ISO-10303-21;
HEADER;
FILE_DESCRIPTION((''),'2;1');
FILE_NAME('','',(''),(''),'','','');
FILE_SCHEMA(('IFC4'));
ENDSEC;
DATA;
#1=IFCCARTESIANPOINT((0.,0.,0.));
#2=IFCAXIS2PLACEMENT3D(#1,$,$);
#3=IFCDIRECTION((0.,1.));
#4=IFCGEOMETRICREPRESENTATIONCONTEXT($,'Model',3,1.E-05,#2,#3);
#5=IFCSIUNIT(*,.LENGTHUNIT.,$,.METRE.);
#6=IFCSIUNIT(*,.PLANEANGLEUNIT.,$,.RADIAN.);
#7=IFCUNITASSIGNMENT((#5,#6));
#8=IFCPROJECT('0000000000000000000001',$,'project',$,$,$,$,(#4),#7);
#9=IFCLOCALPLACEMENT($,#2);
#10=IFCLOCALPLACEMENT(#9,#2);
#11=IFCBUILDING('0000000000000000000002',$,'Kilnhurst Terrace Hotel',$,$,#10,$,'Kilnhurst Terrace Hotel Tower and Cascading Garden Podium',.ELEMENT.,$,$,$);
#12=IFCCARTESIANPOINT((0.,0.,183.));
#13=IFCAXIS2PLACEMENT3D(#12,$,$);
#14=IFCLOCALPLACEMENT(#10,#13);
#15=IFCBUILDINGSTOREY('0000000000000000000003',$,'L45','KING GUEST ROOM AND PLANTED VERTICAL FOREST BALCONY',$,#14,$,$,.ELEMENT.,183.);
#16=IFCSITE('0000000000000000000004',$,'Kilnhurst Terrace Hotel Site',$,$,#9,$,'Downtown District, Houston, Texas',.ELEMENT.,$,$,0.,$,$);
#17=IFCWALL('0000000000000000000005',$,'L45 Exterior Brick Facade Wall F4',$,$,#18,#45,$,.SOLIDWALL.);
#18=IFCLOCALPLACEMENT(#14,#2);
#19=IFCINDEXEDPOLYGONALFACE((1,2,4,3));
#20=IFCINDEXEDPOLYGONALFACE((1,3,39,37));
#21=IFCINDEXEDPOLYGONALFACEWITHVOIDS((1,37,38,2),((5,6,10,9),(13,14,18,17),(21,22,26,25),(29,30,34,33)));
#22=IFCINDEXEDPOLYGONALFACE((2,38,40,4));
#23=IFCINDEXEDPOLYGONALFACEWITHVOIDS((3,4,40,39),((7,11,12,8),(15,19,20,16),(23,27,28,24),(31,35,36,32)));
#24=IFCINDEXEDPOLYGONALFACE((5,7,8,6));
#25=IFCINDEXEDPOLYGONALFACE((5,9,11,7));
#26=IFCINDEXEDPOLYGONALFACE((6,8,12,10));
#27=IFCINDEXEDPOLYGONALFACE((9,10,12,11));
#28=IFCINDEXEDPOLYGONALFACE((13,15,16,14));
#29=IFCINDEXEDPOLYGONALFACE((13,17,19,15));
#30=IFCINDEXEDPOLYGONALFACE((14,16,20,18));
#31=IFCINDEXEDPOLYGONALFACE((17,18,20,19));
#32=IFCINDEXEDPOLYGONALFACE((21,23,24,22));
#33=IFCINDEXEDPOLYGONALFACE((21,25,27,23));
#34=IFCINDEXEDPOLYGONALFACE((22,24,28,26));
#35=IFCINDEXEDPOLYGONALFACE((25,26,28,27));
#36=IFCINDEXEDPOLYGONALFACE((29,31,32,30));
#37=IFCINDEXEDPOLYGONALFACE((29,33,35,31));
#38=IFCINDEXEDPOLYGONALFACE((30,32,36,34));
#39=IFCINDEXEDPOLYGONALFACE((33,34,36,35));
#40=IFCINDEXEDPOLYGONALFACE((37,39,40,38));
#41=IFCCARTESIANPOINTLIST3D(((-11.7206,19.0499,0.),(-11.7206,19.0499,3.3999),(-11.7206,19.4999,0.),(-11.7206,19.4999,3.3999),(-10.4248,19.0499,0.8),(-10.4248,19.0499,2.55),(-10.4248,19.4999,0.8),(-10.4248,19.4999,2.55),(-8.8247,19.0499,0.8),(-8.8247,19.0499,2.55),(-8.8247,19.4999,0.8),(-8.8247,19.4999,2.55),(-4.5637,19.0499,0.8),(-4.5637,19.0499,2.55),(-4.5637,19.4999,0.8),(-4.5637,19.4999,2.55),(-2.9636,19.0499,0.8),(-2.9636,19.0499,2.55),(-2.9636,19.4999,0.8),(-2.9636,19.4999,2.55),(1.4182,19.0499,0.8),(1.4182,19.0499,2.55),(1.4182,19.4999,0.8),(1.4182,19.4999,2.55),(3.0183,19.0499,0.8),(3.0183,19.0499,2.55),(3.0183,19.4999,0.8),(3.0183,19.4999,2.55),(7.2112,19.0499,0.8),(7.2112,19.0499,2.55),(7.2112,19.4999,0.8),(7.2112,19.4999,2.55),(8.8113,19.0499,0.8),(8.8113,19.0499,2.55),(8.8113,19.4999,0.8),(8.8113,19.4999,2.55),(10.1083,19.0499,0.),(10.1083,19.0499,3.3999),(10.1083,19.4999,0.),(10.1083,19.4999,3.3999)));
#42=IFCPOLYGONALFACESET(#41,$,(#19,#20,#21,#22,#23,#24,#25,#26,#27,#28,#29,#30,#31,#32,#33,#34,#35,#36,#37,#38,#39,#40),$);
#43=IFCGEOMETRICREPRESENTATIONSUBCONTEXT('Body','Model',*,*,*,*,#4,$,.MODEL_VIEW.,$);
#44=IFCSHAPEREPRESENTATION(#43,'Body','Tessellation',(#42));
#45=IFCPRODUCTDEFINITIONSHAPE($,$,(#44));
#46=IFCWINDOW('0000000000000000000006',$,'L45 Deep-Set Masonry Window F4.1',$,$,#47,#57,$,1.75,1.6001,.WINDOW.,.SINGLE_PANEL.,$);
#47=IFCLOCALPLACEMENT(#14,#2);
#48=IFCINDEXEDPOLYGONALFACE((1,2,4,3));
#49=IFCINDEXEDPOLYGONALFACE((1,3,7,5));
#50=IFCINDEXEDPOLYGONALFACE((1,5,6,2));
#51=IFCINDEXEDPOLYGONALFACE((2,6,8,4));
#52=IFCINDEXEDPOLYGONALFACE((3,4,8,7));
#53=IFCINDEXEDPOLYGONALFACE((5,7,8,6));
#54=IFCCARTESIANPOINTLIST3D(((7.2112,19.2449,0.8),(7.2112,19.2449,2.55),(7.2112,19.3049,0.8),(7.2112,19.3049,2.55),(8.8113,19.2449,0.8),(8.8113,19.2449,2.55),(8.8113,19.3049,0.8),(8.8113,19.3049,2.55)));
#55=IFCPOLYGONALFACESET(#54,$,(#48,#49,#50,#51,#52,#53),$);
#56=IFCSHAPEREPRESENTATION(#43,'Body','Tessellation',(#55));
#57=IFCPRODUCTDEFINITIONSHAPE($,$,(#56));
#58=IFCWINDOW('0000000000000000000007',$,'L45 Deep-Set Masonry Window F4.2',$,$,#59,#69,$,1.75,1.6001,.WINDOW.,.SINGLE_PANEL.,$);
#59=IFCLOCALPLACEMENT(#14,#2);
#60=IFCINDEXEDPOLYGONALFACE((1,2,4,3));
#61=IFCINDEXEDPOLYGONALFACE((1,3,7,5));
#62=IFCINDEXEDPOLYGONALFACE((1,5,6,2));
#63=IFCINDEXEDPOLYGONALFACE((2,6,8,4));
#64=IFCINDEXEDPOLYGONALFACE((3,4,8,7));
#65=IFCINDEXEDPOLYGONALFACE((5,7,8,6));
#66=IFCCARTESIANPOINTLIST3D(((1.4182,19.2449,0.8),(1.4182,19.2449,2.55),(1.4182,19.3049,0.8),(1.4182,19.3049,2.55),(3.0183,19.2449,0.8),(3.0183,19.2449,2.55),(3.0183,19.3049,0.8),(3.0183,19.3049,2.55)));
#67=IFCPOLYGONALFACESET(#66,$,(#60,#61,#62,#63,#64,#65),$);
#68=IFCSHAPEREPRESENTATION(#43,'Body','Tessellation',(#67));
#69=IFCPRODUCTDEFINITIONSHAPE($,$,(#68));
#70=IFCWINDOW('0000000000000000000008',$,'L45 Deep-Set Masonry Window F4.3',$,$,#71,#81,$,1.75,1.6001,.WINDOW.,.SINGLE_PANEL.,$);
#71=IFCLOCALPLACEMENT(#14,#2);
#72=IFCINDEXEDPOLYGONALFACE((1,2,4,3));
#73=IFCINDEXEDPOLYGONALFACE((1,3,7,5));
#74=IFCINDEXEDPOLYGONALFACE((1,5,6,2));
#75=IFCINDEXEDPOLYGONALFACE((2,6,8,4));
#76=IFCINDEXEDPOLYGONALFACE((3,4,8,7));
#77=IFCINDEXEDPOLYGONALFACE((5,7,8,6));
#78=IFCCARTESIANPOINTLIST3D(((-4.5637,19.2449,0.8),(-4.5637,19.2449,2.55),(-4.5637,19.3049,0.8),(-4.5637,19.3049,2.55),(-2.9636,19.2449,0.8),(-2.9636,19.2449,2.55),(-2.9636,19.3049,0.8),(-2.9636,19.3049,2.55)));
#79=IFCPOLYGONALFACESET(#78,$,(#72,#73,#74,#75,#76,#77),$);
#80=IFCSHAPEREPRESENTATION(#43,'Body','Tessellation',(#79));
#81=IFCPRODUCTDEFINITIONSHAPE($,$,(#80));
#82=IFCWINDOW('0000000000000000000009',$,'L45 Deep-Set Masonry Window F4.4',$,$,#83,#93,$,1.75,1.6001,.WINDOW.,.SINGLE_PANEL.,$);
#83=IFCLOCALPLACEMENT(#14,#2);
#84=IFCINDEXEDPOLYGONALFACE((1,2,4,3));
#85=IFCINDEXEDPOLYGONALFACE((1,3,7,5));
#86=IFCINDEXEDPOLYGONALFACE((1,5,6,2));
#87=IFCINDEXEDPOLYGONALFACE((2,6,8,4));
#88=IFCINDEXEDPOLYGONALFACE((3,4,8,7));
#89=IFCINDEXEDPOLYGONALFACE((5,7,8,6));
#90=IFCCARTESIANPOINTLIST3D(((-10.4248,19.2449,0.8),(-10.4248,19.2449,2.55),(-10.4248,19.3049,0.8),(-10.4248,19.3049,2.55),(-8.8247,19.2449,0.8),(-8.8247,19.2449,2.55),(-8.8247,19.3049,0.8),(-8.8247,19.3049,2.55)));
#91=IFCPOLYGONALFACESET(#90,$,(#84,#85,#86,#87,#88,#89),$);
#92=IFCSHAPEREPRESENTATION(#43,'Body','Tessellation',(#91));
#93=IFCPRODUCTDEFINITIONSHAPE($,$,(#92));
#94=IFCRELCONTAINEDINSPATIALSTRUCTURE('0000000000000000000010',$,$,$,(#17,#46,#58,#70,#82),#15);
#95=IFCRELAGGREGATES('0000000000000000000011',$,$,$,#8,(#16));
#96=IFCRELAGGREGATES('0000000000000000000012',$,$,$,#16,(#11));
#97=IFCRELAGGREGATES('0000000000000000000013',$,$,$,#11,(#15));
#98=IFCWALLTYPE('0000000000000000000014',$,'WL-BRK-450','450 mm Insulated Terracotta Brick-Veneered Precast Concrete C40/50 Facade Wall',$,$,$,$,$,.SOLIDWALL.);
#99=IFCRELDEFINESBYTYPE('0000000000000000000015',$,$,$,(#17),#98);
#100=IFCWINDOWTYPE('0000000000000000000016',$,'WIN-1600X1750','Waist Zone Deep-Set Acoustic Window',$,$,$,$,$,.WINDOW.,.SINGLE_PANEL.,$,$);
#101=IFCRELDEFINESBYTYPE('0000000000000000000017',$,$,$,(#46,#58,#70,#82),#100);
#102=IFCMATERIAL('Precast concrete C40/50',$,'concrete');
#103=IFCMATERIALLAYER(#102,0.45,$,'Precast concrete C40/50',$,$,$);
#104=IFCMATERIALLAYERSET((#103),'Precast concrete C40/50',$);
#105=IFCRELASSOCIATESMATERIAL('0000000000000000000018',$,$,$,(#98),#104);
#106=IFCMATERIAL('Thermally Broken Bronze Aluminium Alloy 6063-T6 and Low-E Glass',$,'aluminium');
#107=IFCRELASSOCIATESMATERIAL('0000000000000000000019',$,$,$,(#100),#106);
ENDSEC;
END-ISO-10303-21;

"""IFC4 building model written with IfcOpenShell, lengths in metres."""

from ifc_helpers import new_model, si_unit, direction, frame, frame_2d, origin, place, context, subcontext, project, spatial, rectangle, extrude, material, layer, layer_set, type_object, element, fill, save


model = new_model("IFC4")

# Units and contexts
model_context = context("Model", 3, precision=1e-05, world=origin(), true_north=direction((0.0, 1.0)))
body_context = subcontext(model_context, "Body", "Model", "MODEL_VIEW")
ifc_project = project(units=[si_unit("LENGTHUNIT", "METRE"), si_unit("PLANEANGLEUNIT", "RADIAN")], contexts=[model_context])

# Site, building, storey
site_placement = place(None, origin())
site = spatial("IfcSite", under=ifc_project, at=site_placement, Name="Kilnhurst Terrace Hotel Site", LongName="Downtown District, Houston, Texas", CompositionType="ELEMENT", RefElevation=0.0)
building_placement = place(site_placement, origin())
building = spatial("IfcBuilding", under=site, at=building_placement, Name="Kilnhurst Terrace Hotel", LongName="Kilnhurst Terrace Hotel Tower and Cascading Garden Podium", CompositionType="ELEMENT")
storey_placement = place(building_placement, frame((0.0, 0.0, 183.0)))
storey = spatial("IfcBuildingStorey", under=building, at=storey_placement, Name="L45", Description="KING GUEST ROOM AND PLANTED VERTICAL FOREST BALCONY", CompositionType="ELEMENT", Elevation=183.0)

# Shared definitions
ifc_material_1 = material(Name="Precast concrete C40/50", Category="concrete")
ifc_layer_1 = layer(ifc_material_1, 0.45, Name="Precast concrete C40/50")
ifc_layer_set_1 = layer_set([ifc_layer_1], Name="Precast concrete C40/50")
wall_type_1 = type_object("IfcWallType", Name="WL-BRK-450", Description="450 mm Insulated Terracotta Brick-Veneered Precast Concrete C40/50 Facade Wall", PredefinedType="SOLIDWALL", material=ifc_layer_set_1)

# Wall, openings, windows
wall_1_placement = place(storey_placement, frame((10.1084, 19.2749, 0.0), z_axis=(0.0, 0.0, 1.0), x_axis=(-1.0, 0.0, 0.0)))
wall_1 = element("IfcWall", 1, at=wall_1_placement, inside=storey, type_object=wall_type_1, Name="L45 Exterior Brick Facade Wall F4", PredefinedType="SOLIDWALL", context=body_context, shape_type="SweptSolid", body=[
    extrude(rectangle(XDim=21.8289, YDim=0.45, at=frame_2d((10.9146, 0.0))), origin(), (0.0, 0.0, 1.0), 3.3999),
])
opening_1_placement = place(wall_1_placement, frame((1.2971, 0.0, 0.8)))
opening_1 = element("IfcOpeningElement", 2, at=opening_1_placement, cuts=wall_1, PredefinedType="OPENING", context=body_context, shape_type="SweptSolid", body=[
    extrude(rectangle(XDim=1.6001, YDim=1.75, at=frame_2d((0.8, 0.875))), frame((0.0, 0.2349, 0.0), z_axis=(0.0, -1.0, 0.0), x_axis=(1.0, 0.0, 0.0)), (0.0, 0.0, 1.0), 0.47),
])
opening_2_placement = place(wall_1_placement, frame((7.0901, 0.0, 0.8)))
opening_2 = element("IfcOpeningElement", 3, at=opening_2_placement, cuts=wall_1, PredefinedType="OPENING", context=body_context, shape_type="SweptSolid", body=[
    extrude(rectangle(XDim=1.6001, YDim=1.75, at=frame_2d((0.8, 0.875))), frame((0.0, 0.2349, 0.0), z_axis=(0.0, -1.0, 0.0), x_axis=(1.0, 0.0, 0.0)), (0.0, 0.0, 1.0), 0.47),
])
opening_3_placement = place(wall_1_placement, frame((13.072, 0.0, 0.8)))
opening_3 = element("IfcOpeningElement", 4, at=opening_3_placement, cuts=wall_1, PredefinedType="OPENING", context=body_context, shape_type="SweptSolid", body=[
    extrude(rectangle(XDim=1.6001, YDim=1.75, at=frame_2d((0.8, 0.875))), frame((0.0, 0.2349, 0.0), z_axis=(0.0, -1.0, 0.0), x_axis=(1.0, 0.0, 0.0)), (0.0, 0.0, 1.0), 0.47),
])
opening_4_placement = place(wall_1_placement, frame((18.9331, 0.0, 0.8)))
opening_4 = element("IfcOpeningElement", 5, at=opening_4_placement, cuts=wall_1, PredefinedType="OPENING", context=body_context, shape_type="SweptSolid", body=[
    extrude(rectangle(XDim=1.6001, YDim=1.75, at=frame_2d((0.8, 0.875))), frame((0.0, 0.2349, 0.0), z_axis=(0.0, -1.0, 0.0), x_axis=(1.0, 0.0, 0.0)), (0.0, 0.0, 1.0), 0.47),
])
ifc_material_2 = material(Name="Thermally Broken Bronze Aluminium Alloy 6063-T6 and Low-E Glass", Category="aluminium")
window_type = type_object("IfcWindowType", Name="WIN-1600X1750", Description="Waist Zone Deep-Set Acoustic Window", PartitioningType="SINGLE_PANEL", PredefinedType="WINDOW", material=ifc_material_2)
window_1_placement = place(opening_1_placement, origin())
window_1 = element("IfcWindow", 6, at=window_1_placement, inside=storey, type_object=window_type, Name="L45 Deep-Set Masonry Window F4.1", OverallHeight=1.75, OverallWidth=1.6001, PartitioningType="SINGLE_PANEL", PredefinedType="WINDOW", context=body_context, shape_type="SweptSolid", body=[
    extrude(rectangle(XDim=1.6001, YDim=1.75, at=frame_2d((0.8, 0.875))), frame((0.0, 0.03, 0.0), z_axis=(0.0, -1.0, 0.0), x_axis=(1.0, 0.0, 0.0)), (0.0, 0.0, 1.0), 0.0601),
])
fill(opening_1, window_1)
window_2_placement = place(opening_2_placement, origin())
window_2 = element("IfcWindow", 7, at=window_2_placement, inside=storey, type_object=window_type, Name="L45 Deep-Set Masonry Window F4.2", OverallHeight=1.75, OverallWidth=1.6001, PartitioningType="SINGLE_PANEL", PredefinedType="WINDOW", context=body_context, shape_type="SweptSolid", body=[
    extrude(rectangle(XDim=1.6001, YDim=1.75, at=frame_2d((0.8, 0.875))), frame((0.0, 0.03, 0.0), z_axis=(0.0, -1.0, 0.0), x_axis=(1.0, 0.0, 0.0)), (0.0, 0.0, 1.0), 0.0601),
])
fill(opening_2, window_2)
window_3_placement = place(opening_3_placement, origin())
window_3 = element("IfcWindow", 8, at=window_3_placement, inside=storey, type_object=window_type, Name="L45 Deep-Set Masonry Window F4.3", OverallHeight=1.75, OverallWidth=1.6001, PartitioningType="SINGLE_PANEL", PredefinedType="WINDOW", context=body_context, shape_type="SweptSolid", body=[
    extrude(rectangle(XDim=1.6001, YDim=1.75, at=frame_2d((0.8, 0.875))), frame((0.0, 0.03, 0.0), z_axis=(0.0, -1.0, 0.0), x_axis=(1.0, 0.0, 0.0)), (0.0, 0.0, 1.0), 0.0601),
])
fill(opening_3, window_3)
window_4_placement = place(opening_4_placement, origin())
window_4 = element("IfcWindow", 9, at=window_4_placement, inside=storey, type_object=window_type, Name="L45 Deep-Set Masonry Window F4.4", OverallHeight=1.75, OverallWidth=1.6001, PartitioningType="SINGLE_PANEL", PredefinedType="WINDOW", context=body_context, shape_type="SweptSolid", body=[
    extrude(rectangle(XDim=1.6001, YDim=1.75, at=frame_2d((0.8, 0.875))), frame((0.0, 0.03, 0.0), z_axis=(0.0, -1.0, 0.0), x_axis=(1.0, 0.0, 0.0)), (0.0, 0.0, 1.0), 0.0601),
])
fill(opening_4, window_4)

save(model, "model.ifc")
